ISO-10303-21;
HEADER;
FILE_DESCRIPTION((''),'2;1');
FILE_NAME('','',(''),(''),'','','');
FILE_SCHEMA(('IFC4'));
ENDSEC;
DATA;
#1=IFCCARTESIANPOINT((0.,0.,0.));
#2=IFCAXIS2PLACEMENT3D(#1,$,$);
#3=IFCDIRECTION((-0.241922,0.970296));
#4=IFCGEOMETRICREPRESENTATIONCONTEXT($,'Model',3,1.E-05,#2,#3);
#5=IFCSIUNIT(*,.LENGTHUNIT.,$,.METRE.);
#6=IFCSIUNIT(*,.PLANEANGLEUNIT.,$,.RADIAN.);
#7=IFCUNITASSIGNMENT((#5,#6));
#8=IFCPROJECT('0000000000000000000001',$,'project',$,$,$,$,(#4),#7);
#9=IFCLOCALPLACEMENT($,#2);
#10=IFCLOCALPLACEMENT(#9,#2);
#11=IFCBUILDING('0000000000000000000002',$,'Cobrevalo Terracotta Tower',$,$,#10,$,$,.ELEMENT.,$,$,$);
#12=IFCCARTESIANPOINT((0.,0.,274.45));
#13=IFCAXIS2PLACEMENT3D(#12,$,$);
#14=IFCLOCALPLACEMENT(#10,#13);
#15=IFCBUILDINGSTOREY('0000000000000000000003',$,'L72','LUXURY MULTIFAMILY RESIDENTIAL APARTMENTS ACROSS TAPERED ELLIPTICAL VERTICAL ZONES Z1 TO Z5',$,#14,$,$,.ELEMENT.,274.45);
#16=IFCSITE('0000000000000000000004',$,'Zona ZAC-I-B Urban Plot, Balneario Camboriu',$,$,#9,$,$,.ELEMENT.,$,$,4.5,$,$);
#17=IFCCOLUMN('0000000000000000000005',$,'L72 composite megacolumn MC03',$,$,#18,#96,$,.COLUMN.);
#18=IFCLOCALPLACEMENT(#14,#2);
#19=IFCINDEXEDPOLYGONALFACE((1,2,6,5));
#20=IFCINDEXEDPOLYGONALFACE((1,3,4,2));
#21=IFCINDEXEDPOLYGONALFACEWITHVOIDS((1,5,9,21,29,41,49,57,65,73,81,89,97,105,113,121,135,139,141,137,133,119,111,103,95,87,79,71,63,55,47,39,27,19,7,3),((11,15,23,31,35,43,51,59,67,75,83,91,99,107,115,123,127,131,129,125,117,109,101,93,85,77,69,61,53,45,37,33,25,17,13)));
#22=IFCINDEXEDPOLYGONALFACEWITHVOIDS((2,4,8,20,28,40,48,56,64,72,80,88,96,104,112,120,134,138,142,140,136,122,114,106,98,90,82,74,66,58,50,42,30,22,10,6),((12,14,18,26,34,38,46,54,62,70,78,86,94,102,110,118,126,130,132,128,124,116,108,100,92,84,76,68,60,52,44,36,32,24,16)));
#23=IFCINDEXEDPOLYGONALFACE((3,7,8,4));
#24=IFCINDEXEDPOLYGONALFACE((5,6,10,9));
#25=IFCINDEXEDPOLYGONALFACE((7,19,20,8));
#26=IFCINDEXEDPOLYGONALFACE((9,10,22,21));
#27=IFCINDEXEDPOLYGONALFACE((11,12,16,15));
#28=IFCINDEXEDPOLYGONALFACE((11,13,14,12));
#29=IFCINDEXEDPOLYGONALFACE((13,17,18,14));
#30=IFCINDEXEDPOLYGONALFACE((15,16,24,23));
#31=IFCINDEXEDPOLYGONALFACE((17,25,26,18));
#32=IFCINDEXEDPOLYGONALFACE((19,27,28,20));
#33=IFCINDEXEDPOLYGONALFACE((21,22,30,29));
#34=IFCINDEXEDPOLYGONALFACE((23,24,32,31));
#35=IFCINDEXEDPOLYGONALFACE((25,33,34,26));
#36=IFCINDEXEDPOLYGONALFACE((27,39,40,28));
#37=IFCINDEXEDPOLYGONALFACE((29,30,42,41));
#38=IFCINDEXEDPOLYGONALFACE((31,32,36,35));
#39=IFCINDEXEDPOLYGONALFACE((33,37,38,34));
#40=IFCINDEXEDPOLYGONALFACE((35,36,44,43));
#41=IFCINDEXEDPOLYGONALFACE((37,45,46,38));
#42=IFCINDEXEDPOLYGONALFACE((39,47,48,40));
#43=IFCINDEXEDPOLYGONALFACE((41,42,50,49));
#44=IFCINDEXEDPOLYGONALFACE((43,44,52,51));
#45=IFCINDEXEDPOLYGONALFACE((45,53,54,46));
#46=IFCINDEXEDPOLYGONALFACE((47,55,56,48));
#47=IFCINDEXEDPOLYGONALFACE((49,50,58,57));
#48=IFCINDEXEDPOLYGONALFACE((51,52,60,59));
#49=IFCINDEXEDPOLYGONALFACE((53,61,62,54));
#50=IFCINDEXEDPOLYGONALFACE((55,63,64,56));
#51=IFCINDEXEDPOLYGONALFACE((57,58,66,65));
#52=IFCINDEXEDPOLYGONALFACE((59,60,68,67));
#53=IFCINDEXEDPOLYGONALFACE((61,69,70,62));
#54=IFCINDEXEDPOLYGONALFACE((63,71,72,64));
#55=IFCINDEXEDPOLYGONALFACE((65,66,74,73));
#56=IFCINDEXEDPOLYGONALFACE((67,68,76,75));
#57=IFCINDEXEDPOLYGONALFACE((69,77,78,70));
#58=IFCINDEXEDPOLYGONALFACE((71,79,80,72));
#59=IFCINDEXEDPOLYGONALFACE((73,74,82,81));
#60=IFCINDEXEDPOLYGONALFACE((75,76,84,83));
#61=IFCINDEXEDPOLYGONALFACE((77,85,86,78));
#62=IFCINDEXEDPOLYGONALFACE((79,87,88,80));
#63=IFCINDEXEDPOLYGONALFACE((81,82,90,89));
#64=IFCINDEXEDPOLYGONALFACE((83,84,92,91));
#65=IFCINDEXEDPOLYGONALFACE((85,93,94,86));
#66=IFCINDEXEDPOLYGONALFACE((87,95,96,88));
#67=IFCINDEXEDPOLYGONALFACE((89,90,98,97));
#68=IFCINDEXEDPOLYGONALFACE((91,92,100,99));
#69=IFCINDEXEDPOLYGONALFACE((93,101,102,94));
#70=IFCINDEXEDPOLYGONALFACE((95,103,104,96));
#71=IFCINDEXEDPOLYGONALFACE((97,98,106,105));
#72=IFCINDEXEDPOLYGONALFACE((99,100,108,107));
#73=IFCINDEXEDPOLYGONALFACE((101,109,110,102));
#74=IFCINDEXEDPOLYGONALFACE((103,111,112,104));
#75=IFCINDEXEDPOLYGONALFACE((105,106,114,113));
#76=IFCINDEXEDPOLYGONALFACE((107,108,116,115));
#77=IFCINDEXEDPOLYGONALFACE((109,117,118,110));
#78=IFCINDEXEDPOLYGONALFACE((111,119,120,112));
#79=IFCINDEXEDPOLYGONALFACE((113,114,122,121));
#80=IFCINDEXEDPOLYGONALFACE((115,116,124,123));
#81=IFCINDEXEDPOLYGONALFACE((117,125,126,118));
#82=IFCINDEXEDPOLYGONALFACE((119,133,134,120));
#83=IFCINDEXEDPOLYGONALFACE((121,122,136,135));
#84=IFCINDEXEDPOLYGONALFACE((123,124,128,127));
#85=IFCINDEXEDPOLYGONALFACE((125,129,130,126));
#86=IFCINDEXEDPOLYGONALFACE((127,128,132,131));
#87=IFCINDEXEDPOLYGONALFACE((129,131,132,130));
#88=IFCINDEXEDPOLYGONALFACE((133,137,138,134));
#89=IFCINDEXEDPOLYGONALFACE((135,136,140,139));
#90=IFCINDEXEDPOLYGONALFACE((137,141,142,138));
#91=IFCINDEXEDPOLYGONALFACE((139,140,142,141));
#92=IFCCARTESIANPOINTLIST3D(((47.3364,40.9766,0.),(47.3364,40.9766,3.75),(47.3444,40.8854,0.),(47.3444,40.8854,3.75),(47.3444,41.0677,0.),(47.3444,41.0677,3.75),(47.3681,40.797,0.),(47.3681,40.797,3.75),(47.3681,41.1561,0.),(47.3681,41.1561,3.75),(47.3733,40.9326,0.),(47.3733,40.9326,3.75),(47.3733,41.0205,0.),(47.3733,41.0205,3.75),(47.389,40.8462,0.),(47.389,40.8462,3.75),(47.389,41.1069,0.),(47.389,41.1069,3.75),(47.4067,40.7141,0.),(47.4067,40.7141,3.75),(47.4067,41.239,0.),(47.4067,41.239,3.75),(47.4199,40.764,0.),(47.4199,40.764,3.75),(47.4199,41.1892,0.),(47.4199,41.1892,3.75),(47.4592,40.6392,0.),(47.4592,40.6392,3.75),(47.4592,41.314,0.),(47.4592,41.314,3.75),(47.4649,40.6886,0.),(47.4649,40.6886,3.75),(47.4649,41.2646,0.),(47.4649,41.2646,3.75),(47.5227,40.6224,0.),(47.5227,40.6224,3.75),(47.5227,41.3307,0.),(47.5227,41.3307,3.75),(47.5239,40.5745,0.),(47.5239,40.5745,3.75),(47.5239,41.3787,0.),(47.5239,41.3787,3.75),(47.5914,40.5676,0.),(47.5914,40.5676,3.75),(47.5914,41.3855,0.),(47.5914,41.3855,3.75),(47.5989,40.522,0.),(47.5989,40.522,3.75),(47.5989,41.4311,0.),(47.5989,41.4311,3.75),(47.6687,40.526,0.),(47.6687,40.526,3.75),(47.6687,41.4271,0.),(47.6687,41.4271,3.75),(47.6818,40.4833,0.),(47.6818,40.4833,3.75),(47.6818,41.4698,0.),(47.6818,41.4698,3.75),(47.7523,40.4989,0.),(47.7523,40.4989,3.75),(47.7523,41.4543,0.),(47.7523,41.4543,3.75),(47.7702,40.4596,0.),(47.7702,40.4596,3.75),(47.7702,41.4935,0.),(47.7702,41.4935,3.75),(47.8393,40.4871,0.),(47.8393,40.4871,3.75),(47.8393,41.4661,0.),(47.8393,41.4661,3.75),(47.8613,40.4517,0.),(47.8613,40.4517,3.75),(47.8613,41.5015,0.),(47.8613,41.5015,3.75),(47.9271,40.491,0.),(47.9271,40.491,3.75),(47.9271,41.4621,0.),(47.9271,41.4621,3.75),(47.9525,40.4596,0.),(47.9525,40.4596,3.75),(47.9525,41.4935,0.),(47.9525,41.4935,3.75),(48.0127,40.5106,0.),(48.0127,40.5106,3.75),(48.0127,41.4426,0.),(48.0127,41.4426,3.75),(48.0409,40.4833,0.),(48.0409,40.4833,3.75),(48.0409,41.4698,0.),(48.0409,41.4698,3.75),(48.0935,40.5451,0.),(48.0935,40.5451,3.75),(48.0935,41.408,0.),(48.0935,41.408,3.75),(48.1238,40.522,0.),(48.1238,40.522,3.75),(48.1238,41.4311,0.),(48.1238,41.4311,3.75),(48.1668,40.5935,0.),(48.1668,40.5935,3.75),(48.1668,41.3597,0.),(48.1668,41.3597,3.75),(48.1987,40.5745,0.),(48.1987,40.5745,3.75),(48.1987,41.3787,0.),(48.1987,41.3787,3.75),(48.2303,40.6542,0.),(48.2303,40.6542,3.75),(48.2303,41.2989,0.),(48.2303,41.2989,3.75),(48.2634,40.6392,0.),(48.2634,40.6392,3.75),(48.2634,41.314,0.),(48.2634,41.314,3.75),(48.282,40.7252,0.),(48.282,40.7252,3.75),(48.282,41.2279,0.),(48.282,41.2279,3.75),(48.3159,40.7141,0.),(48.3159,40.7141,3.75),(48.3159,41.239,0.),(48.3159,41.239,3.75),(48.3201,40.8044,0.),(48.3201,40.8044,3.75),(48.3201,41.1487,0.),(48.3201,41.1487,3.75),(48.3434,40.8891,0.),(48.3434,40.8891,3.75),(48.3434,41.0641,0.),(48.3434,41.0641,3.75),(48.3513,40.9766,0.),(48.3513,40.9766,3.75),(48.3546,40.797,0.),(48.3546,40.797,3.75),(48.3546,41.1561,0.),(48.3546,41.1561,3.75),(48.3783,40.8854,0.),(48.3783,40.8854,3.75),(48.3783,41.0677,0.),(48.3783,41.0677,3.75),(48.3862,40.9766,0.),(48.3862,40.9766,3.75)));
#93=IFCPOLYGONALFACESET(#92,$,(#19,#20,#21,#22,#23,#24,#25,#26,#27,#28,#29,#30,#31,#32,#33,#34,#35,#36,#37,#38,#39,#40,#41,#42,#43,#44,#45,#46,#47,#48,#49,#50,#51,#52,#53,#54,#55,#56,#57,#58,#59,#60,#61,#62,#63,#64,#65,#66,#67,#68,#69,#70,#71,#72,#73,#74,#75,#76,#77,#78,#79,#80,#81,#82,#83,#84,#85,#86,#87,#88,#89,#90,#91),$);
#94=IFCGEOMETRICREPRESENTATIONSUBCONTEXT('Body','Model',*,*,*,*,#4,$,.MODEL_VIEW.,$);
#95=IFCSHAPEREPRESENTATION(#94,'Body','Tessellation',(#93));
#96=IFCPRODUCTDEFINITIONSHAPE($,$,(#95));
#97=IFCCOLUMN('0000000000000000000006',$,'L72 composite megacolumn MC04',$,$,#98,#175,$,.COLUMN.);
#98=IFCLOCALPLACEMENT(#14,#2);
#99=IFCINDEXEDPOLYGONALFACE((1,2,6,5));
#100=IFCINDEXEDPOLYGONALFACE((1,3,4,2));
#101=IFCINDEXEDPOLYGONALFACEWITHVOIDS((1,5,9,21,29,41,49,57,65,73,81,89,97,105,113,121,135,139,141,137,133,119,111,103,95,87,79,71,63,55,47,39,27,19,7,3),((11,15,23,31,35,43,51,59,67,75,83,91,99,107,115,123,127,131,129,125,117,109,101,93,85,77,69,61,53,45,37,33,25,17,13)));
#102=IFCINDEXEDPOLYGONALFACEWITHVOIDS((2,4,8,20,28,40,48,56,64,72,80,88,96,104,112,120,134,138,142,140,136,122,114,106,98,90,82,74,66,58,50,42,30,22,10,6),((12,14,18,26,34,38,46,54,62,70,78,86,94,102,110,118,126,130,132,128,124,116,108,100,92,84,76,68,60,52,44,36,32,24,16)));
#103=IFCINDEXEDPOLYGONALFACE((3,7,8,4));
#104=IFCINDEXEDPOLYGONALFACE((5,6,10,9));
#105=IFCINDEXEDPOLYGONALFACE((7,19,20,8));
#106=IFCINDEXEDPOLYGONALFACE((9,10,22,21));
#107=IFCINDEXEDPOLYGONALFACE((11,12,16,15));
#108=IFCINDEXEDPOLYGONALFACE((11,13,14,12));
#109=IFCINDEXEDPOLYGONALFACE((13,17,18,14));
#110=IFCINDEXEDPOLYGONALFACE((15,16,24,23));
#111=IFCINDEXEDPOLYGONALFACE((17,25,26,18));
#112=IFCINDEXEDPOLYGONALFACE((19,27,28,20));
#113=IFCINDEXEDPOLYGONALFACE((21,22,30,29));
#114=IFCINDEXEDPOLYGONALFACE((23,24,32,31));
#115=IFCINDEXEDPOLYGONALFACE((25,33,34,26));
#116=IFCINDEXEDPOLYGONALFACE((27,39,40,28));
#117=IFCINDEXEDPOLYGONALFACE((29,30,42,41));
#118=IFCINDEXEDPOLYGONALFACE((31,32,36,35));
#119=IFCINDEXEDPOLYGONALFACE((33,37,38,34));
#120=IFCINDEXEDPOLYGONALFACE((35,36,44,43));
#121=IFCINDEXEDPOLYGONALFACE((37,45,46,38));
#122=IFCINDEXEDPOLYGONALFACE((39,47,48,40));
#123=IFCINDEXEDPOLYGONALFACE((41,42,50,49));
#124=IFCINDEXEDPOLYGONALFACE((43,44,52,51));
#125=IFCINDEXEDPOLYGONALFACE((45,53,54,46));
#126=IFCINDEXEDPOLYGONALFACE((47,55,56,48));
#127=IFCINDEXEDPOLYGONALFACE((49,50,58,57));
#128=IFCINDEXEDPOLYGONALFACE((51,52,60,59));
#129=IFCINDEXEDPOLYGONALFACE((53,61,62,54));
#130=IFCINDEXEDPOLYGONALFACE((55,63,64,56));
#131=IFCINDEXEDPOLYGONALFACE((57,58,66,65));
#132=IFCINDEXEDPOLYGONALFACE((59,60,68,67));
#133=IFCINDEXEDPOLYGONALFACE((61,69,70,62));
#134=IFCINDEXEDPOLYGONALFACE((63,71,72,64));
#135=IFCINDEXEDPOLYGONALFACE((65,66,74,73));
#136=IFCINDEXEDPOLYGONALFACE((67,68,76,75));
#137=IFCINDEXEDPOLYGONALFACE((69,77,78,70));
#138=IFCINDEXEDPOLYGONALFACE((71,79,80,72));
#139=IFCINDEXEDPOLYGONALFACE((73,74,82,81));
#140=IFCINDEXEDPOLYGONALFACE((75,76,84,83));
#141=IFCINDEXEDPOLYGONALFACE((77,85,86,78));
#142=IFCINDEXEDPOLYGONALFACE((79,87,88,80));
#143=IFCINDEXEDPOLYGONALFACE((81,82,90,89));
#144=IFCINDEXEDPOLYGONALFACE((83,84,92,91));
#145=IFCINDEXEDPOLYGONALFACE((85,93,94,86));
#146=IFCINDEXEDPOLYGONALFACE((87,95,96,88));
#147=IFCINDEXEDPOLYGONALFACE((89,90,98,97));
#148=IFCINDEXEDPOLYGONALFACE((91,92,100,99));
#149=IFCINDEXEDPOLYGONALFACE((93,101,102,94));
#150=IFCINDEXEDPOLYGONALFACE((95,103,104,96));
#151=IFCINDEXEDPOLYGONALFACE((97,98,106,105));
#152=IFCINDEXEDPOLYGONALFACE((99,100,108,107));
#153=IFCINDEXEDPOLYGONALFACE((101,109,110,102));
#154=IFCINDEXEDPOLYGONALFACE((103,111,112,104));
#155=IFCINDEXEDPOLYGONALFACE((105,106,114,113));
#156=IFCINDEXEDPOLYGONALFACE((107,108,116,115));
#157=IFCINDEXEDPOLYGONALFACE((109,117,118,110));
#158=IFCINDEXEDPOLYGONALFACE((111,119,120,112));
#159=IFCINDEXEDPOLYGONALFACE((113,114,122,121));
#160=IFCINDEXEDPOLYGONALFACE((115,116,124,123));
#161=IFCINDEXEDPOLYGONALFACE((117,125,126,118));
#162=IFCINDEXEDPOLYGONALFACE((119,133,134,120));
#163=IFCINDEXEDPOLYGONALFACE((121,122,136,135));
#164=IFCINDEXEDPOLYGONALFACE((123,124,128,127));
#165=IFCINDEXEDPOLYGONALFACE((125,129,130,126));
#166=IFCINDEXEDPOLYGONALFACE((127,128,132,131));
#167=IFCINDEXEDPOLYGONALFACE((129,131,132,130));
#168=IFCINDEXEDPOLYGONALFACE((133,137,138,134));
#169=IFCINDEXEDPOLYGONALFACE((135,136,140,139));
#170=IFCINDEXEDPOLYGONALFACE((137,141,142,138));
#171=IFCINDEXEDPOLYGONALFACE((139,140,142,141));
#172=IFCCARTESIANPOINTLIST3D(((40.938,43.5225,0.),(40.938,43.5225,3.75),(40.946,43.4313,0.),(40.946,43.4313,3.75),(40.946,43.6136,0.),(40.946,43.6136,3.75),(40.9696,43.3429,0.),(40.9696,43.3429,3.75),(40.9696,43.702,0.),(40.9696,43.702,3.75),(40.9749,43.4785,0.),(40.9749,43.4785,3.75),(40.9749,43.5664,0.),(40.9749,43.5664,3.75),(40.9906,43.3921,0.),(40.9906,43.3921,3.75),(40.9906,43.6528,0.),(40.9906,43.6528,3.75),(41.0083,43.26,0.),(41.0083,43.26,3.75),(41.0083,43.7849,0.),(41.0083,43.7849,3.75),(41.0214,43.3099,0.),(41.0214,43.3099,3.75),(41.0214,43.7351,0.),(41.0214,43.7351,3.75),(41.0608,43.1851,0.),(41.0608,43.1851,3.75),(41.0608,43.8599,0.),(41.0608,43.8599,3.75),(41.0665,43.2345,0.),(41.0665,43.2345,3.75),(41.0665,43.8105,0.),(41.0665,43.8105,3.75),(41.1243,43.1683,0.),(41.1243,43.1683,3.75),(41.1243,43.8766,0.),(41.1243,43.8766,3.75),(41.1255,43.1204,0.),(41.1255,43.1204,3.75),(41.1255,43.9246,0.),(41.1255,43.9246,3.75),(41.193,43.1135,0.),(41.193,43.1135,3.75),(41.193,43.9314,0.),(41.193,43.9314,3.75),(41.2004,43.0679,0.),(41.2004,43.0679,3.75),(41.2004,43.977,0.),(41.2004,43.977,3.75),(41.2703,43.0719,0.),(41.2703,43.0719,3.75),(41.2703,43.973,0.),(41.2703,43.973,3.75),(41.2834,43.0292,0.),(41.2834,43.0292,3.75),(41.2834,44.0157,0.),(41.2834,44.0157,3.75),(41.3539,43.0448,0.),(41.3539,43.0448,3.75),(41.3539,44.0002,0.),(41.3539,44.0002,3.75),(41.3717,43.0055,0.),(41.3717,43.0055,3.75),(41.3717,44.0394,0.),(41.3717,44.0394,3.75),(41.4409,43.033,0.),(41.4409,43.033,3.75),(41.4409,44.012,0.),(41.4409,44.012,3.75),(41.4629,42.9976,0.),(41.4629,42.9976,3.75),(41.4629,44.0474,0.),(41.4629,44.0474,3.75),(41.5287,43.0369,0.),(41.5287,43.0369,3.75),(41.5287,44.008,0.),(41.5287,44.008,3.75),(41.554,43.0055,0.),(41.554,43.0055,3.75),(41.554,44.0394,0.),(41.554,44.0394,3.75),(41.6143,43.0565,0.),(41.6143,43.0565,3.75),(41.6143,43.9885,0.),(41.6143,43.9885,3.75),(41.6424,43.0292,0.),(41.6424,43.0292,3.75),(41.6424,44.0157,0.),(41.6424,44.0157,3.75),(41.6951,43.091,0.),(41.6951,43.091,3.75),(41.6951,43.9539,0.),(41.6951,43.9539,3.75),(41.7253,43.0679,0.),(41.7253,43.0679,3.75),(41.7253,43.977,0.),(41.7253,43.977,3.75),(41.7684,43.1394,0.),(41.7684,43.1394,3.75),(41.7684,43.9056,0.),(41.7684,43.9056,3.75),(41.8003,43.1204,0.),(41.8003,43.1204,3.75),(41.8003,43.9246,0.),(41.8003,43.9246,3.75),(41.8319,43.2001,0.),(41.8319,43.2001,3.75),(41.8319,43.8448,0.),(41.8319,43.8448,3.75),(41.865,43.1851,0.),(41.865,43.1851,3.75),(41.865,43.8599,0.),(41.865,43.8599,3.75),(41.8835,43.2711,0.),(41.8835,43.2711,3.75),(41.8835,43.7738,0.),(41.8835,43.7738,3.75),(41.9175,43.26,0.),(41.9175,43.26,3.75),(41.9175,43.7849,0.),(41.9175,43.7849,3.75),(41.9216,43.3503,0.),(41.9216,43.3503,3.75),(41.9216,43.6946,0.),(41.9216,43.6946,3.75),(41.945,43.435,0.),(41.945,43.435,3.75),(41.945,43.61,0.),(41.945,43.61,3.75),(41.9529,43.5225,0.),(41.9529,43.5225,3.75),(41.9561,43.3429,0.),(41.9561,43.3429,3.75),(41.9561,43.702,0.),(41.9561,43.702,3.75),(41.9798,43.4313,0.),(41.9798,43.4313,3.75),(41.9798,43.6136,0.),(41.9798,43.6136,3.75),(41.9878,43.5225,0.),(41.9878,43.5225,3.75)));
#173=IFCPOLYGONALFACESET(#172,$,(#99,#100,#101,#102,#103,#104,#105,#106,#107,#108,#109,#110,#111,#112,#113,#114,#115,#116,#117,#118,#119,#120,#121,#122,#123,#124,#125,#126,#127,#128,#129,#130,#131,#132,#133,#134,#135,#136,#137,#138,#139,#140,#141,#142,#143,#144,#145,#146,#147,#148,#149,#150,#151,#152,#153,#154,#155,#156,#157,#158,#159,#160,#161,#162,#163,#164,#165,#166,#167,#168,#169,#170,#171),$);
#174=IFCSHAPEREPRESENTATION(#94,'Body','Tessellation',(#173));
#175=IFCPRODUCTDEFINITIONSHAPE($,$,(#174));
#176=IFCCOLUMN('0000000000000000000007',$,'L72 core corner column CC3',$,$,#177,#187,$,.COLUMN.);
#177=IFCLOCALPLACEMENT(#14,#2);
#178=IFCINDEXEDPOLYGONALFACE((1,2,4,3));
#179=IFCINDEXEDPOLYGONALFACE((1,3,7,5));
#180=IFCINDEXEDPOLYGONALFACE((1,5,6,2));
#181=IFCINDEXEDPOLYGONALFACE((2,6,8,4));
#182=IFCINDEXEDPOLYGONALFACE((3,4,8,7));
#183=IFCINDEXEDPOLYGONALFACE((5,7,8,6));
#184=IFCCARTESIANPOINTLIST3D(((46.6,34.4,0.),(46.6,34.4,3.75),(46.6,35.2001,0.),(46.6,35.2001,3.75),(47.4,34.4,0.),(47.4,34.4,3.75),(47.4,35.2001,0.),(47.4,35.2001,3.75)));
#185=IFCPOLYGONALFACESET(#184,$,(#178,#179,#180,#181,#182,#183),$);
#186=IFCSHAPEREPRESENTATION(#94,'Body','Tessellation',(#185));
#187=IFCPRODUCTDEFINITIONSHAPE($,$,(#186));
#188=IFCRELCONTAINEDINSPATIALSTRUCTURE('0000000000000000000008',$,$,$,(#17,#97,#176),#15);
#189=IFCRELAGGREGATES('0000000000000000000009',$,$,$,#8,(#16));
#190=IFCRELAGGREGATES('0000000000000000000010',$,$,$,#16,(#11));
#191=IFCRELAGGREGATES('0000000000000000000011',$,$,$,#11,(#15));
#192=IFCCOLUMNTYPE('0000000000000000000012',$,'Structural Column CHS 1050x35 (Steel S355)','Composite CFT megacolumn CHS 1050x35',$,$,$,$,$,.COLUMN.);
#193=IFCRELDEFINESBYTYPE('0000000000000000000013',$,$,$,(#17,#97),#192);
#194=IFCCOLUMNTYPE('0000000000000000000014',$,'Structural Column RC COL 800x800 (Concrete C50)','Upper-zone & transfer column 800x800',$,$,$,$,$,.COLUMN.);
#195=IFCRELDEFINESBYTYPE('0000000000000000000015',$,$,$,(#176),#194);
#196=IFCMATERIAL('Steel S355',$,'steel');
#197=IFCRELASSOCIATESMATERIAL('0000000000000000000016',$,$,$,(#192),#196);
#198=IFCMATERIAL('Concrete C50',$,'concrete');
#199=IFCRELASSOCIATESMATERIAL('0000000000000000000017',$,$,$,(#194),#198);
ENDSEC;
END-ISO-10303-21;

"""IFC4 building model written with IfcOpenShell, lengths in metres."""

from ifc_helpers import new_model, si_unit, direction, frame, origin, origin_2d, place, context, subcontext, project, spatial, rectangle, hollow_circle, extrude, material, material_profile, profile_set, type_object, element, save


model = new_model("IFC4")

# Units and contexts
model_context = context("Model", 3, precision=1e-05, world=origin(), true_north=direction((-0.241922, 0.970296)))
body_context = subcontext(model_context, "Body", "Model", "MODEL_VIEW")
ifc_project = project(units=[si_unit("LENGTHUNIT", "METRE"), si_unit("PLANEANGLEUNIT", "RADIAN")], contexts=[model_context])

# Site, building, storey
site_placement = place(None, origin())
site = spatial("IfcSite", under=ifc_project, at=site_placement, Name="Zona ZAC-I-B Urban Plot, Balneario Camboriu", CompositionType="ELEMENT", RefElevation=4.5)
building_placement = place(site_placement, origin())
building = spatial("IfcBuilding", under=site, at=building_placement, Name="Cobrevalo Terracotta Tower", CompositionType="ELEMENT")
storey_placement = place(building_placement, frame((0.0, 0.0, 274.45)))
storey = spatial("IfcBuildingStorey", under=building, at=storey_placement, Name="L72", Description="LUXURY MULTIFAMILY RESIDENTIAL APARTMENTS ACROSS TAPERED ELLIPTICAL VERTICAL ZONES Z1 TO Z5", CompositionType="ELEMENT", Elevation=274.45)

# Columns
ifc_material_1 = material(Name="Steel S355", Category="steel")
ifc_material_profile_1 = material_profile(ifc_material_1, hollow_circle(Radius=0.5249, WallThickness=0.0349, at=origin_2d()), Name="CHS 1050x35")
ifc_profile_set_1 = profile_set([ifc_material_profile_1], Name="Steel S355")
column_type_1 = type_object("IfcColumnType", Name="Structural Column CHS 1050x35 (Steel S355)", Description="Composite CFT megacolumn CHS 1050x35", PredefinedType="COLUMN", material=ifc_profile_set_1)
for number, where, z_axis, x_axis, name in (
    (1, (47.8613, 40.9766, 0.0), (0.0, 0.0, 1.0), (1.0, 0.0, 0.0), "L72 composite megacolumn MC03"),
    (2, (41.4629, 43.5225, 0.0), (0.0, 0.0, 1.0), (1.0, 0.0, 0.0), "L72 composite megacolumn MC04"),
):
    element("IfcColumn", number, at=place(storey_placement, frame(where, z_axis=z_axis, x_axis=x_axis)), inside=storey, type_object=column_type_1, Name=name, PredefinedType="COLUMN", context=body_context, shape_type="SweptSolid", body=[
        extrude(hollow_circle(Radius=0.5249, WallThickness=0.0349, at=origin_2d()), origin(), (0.0, 0.0, 1.0), 3.75),
    ])
ifc_material_2 = material(Name="Concrete C50", Category="concrete")
ifc_material_profile_2 = material_profile(ifc_material_2, rectangle(XDim=0.8, YDim=0.8, at=origin_2d()), Name="RC COL 800x800")
ifc_profile_set_2 = profile_set([ifc_material_profile_2], Name="Concrete C50")
column_type_2 = type_object("IfcColumnType", Name="Structural Column RC COL 800x800 (Concrete C50)", Description="Upper-zone & transfer column 800x800", PredefinedType="COLUMN", material=ifc_profile_set_2)
column_placement = place(storey_placement, frame((47.0, 34.8, 0.0), z_axis=(0.0, 0.0, 1.0), x_axis=(1.0, 0.0, 0.0)))
element("IfcColumn", 3, at=column_placement, inside=storey, type_object=column_type_2, Name="L72 core corner column CC3", PredefinedType="COLUMN", context=body_context, shape_type="SweptSolid", body=[
    extrude(rectangle(XDim=0.8, YDim=0.8, at=origin_2d()), origin(), (0.0, 0.0, 1.0), 3.75),
])

save(model, "model.ifc")
